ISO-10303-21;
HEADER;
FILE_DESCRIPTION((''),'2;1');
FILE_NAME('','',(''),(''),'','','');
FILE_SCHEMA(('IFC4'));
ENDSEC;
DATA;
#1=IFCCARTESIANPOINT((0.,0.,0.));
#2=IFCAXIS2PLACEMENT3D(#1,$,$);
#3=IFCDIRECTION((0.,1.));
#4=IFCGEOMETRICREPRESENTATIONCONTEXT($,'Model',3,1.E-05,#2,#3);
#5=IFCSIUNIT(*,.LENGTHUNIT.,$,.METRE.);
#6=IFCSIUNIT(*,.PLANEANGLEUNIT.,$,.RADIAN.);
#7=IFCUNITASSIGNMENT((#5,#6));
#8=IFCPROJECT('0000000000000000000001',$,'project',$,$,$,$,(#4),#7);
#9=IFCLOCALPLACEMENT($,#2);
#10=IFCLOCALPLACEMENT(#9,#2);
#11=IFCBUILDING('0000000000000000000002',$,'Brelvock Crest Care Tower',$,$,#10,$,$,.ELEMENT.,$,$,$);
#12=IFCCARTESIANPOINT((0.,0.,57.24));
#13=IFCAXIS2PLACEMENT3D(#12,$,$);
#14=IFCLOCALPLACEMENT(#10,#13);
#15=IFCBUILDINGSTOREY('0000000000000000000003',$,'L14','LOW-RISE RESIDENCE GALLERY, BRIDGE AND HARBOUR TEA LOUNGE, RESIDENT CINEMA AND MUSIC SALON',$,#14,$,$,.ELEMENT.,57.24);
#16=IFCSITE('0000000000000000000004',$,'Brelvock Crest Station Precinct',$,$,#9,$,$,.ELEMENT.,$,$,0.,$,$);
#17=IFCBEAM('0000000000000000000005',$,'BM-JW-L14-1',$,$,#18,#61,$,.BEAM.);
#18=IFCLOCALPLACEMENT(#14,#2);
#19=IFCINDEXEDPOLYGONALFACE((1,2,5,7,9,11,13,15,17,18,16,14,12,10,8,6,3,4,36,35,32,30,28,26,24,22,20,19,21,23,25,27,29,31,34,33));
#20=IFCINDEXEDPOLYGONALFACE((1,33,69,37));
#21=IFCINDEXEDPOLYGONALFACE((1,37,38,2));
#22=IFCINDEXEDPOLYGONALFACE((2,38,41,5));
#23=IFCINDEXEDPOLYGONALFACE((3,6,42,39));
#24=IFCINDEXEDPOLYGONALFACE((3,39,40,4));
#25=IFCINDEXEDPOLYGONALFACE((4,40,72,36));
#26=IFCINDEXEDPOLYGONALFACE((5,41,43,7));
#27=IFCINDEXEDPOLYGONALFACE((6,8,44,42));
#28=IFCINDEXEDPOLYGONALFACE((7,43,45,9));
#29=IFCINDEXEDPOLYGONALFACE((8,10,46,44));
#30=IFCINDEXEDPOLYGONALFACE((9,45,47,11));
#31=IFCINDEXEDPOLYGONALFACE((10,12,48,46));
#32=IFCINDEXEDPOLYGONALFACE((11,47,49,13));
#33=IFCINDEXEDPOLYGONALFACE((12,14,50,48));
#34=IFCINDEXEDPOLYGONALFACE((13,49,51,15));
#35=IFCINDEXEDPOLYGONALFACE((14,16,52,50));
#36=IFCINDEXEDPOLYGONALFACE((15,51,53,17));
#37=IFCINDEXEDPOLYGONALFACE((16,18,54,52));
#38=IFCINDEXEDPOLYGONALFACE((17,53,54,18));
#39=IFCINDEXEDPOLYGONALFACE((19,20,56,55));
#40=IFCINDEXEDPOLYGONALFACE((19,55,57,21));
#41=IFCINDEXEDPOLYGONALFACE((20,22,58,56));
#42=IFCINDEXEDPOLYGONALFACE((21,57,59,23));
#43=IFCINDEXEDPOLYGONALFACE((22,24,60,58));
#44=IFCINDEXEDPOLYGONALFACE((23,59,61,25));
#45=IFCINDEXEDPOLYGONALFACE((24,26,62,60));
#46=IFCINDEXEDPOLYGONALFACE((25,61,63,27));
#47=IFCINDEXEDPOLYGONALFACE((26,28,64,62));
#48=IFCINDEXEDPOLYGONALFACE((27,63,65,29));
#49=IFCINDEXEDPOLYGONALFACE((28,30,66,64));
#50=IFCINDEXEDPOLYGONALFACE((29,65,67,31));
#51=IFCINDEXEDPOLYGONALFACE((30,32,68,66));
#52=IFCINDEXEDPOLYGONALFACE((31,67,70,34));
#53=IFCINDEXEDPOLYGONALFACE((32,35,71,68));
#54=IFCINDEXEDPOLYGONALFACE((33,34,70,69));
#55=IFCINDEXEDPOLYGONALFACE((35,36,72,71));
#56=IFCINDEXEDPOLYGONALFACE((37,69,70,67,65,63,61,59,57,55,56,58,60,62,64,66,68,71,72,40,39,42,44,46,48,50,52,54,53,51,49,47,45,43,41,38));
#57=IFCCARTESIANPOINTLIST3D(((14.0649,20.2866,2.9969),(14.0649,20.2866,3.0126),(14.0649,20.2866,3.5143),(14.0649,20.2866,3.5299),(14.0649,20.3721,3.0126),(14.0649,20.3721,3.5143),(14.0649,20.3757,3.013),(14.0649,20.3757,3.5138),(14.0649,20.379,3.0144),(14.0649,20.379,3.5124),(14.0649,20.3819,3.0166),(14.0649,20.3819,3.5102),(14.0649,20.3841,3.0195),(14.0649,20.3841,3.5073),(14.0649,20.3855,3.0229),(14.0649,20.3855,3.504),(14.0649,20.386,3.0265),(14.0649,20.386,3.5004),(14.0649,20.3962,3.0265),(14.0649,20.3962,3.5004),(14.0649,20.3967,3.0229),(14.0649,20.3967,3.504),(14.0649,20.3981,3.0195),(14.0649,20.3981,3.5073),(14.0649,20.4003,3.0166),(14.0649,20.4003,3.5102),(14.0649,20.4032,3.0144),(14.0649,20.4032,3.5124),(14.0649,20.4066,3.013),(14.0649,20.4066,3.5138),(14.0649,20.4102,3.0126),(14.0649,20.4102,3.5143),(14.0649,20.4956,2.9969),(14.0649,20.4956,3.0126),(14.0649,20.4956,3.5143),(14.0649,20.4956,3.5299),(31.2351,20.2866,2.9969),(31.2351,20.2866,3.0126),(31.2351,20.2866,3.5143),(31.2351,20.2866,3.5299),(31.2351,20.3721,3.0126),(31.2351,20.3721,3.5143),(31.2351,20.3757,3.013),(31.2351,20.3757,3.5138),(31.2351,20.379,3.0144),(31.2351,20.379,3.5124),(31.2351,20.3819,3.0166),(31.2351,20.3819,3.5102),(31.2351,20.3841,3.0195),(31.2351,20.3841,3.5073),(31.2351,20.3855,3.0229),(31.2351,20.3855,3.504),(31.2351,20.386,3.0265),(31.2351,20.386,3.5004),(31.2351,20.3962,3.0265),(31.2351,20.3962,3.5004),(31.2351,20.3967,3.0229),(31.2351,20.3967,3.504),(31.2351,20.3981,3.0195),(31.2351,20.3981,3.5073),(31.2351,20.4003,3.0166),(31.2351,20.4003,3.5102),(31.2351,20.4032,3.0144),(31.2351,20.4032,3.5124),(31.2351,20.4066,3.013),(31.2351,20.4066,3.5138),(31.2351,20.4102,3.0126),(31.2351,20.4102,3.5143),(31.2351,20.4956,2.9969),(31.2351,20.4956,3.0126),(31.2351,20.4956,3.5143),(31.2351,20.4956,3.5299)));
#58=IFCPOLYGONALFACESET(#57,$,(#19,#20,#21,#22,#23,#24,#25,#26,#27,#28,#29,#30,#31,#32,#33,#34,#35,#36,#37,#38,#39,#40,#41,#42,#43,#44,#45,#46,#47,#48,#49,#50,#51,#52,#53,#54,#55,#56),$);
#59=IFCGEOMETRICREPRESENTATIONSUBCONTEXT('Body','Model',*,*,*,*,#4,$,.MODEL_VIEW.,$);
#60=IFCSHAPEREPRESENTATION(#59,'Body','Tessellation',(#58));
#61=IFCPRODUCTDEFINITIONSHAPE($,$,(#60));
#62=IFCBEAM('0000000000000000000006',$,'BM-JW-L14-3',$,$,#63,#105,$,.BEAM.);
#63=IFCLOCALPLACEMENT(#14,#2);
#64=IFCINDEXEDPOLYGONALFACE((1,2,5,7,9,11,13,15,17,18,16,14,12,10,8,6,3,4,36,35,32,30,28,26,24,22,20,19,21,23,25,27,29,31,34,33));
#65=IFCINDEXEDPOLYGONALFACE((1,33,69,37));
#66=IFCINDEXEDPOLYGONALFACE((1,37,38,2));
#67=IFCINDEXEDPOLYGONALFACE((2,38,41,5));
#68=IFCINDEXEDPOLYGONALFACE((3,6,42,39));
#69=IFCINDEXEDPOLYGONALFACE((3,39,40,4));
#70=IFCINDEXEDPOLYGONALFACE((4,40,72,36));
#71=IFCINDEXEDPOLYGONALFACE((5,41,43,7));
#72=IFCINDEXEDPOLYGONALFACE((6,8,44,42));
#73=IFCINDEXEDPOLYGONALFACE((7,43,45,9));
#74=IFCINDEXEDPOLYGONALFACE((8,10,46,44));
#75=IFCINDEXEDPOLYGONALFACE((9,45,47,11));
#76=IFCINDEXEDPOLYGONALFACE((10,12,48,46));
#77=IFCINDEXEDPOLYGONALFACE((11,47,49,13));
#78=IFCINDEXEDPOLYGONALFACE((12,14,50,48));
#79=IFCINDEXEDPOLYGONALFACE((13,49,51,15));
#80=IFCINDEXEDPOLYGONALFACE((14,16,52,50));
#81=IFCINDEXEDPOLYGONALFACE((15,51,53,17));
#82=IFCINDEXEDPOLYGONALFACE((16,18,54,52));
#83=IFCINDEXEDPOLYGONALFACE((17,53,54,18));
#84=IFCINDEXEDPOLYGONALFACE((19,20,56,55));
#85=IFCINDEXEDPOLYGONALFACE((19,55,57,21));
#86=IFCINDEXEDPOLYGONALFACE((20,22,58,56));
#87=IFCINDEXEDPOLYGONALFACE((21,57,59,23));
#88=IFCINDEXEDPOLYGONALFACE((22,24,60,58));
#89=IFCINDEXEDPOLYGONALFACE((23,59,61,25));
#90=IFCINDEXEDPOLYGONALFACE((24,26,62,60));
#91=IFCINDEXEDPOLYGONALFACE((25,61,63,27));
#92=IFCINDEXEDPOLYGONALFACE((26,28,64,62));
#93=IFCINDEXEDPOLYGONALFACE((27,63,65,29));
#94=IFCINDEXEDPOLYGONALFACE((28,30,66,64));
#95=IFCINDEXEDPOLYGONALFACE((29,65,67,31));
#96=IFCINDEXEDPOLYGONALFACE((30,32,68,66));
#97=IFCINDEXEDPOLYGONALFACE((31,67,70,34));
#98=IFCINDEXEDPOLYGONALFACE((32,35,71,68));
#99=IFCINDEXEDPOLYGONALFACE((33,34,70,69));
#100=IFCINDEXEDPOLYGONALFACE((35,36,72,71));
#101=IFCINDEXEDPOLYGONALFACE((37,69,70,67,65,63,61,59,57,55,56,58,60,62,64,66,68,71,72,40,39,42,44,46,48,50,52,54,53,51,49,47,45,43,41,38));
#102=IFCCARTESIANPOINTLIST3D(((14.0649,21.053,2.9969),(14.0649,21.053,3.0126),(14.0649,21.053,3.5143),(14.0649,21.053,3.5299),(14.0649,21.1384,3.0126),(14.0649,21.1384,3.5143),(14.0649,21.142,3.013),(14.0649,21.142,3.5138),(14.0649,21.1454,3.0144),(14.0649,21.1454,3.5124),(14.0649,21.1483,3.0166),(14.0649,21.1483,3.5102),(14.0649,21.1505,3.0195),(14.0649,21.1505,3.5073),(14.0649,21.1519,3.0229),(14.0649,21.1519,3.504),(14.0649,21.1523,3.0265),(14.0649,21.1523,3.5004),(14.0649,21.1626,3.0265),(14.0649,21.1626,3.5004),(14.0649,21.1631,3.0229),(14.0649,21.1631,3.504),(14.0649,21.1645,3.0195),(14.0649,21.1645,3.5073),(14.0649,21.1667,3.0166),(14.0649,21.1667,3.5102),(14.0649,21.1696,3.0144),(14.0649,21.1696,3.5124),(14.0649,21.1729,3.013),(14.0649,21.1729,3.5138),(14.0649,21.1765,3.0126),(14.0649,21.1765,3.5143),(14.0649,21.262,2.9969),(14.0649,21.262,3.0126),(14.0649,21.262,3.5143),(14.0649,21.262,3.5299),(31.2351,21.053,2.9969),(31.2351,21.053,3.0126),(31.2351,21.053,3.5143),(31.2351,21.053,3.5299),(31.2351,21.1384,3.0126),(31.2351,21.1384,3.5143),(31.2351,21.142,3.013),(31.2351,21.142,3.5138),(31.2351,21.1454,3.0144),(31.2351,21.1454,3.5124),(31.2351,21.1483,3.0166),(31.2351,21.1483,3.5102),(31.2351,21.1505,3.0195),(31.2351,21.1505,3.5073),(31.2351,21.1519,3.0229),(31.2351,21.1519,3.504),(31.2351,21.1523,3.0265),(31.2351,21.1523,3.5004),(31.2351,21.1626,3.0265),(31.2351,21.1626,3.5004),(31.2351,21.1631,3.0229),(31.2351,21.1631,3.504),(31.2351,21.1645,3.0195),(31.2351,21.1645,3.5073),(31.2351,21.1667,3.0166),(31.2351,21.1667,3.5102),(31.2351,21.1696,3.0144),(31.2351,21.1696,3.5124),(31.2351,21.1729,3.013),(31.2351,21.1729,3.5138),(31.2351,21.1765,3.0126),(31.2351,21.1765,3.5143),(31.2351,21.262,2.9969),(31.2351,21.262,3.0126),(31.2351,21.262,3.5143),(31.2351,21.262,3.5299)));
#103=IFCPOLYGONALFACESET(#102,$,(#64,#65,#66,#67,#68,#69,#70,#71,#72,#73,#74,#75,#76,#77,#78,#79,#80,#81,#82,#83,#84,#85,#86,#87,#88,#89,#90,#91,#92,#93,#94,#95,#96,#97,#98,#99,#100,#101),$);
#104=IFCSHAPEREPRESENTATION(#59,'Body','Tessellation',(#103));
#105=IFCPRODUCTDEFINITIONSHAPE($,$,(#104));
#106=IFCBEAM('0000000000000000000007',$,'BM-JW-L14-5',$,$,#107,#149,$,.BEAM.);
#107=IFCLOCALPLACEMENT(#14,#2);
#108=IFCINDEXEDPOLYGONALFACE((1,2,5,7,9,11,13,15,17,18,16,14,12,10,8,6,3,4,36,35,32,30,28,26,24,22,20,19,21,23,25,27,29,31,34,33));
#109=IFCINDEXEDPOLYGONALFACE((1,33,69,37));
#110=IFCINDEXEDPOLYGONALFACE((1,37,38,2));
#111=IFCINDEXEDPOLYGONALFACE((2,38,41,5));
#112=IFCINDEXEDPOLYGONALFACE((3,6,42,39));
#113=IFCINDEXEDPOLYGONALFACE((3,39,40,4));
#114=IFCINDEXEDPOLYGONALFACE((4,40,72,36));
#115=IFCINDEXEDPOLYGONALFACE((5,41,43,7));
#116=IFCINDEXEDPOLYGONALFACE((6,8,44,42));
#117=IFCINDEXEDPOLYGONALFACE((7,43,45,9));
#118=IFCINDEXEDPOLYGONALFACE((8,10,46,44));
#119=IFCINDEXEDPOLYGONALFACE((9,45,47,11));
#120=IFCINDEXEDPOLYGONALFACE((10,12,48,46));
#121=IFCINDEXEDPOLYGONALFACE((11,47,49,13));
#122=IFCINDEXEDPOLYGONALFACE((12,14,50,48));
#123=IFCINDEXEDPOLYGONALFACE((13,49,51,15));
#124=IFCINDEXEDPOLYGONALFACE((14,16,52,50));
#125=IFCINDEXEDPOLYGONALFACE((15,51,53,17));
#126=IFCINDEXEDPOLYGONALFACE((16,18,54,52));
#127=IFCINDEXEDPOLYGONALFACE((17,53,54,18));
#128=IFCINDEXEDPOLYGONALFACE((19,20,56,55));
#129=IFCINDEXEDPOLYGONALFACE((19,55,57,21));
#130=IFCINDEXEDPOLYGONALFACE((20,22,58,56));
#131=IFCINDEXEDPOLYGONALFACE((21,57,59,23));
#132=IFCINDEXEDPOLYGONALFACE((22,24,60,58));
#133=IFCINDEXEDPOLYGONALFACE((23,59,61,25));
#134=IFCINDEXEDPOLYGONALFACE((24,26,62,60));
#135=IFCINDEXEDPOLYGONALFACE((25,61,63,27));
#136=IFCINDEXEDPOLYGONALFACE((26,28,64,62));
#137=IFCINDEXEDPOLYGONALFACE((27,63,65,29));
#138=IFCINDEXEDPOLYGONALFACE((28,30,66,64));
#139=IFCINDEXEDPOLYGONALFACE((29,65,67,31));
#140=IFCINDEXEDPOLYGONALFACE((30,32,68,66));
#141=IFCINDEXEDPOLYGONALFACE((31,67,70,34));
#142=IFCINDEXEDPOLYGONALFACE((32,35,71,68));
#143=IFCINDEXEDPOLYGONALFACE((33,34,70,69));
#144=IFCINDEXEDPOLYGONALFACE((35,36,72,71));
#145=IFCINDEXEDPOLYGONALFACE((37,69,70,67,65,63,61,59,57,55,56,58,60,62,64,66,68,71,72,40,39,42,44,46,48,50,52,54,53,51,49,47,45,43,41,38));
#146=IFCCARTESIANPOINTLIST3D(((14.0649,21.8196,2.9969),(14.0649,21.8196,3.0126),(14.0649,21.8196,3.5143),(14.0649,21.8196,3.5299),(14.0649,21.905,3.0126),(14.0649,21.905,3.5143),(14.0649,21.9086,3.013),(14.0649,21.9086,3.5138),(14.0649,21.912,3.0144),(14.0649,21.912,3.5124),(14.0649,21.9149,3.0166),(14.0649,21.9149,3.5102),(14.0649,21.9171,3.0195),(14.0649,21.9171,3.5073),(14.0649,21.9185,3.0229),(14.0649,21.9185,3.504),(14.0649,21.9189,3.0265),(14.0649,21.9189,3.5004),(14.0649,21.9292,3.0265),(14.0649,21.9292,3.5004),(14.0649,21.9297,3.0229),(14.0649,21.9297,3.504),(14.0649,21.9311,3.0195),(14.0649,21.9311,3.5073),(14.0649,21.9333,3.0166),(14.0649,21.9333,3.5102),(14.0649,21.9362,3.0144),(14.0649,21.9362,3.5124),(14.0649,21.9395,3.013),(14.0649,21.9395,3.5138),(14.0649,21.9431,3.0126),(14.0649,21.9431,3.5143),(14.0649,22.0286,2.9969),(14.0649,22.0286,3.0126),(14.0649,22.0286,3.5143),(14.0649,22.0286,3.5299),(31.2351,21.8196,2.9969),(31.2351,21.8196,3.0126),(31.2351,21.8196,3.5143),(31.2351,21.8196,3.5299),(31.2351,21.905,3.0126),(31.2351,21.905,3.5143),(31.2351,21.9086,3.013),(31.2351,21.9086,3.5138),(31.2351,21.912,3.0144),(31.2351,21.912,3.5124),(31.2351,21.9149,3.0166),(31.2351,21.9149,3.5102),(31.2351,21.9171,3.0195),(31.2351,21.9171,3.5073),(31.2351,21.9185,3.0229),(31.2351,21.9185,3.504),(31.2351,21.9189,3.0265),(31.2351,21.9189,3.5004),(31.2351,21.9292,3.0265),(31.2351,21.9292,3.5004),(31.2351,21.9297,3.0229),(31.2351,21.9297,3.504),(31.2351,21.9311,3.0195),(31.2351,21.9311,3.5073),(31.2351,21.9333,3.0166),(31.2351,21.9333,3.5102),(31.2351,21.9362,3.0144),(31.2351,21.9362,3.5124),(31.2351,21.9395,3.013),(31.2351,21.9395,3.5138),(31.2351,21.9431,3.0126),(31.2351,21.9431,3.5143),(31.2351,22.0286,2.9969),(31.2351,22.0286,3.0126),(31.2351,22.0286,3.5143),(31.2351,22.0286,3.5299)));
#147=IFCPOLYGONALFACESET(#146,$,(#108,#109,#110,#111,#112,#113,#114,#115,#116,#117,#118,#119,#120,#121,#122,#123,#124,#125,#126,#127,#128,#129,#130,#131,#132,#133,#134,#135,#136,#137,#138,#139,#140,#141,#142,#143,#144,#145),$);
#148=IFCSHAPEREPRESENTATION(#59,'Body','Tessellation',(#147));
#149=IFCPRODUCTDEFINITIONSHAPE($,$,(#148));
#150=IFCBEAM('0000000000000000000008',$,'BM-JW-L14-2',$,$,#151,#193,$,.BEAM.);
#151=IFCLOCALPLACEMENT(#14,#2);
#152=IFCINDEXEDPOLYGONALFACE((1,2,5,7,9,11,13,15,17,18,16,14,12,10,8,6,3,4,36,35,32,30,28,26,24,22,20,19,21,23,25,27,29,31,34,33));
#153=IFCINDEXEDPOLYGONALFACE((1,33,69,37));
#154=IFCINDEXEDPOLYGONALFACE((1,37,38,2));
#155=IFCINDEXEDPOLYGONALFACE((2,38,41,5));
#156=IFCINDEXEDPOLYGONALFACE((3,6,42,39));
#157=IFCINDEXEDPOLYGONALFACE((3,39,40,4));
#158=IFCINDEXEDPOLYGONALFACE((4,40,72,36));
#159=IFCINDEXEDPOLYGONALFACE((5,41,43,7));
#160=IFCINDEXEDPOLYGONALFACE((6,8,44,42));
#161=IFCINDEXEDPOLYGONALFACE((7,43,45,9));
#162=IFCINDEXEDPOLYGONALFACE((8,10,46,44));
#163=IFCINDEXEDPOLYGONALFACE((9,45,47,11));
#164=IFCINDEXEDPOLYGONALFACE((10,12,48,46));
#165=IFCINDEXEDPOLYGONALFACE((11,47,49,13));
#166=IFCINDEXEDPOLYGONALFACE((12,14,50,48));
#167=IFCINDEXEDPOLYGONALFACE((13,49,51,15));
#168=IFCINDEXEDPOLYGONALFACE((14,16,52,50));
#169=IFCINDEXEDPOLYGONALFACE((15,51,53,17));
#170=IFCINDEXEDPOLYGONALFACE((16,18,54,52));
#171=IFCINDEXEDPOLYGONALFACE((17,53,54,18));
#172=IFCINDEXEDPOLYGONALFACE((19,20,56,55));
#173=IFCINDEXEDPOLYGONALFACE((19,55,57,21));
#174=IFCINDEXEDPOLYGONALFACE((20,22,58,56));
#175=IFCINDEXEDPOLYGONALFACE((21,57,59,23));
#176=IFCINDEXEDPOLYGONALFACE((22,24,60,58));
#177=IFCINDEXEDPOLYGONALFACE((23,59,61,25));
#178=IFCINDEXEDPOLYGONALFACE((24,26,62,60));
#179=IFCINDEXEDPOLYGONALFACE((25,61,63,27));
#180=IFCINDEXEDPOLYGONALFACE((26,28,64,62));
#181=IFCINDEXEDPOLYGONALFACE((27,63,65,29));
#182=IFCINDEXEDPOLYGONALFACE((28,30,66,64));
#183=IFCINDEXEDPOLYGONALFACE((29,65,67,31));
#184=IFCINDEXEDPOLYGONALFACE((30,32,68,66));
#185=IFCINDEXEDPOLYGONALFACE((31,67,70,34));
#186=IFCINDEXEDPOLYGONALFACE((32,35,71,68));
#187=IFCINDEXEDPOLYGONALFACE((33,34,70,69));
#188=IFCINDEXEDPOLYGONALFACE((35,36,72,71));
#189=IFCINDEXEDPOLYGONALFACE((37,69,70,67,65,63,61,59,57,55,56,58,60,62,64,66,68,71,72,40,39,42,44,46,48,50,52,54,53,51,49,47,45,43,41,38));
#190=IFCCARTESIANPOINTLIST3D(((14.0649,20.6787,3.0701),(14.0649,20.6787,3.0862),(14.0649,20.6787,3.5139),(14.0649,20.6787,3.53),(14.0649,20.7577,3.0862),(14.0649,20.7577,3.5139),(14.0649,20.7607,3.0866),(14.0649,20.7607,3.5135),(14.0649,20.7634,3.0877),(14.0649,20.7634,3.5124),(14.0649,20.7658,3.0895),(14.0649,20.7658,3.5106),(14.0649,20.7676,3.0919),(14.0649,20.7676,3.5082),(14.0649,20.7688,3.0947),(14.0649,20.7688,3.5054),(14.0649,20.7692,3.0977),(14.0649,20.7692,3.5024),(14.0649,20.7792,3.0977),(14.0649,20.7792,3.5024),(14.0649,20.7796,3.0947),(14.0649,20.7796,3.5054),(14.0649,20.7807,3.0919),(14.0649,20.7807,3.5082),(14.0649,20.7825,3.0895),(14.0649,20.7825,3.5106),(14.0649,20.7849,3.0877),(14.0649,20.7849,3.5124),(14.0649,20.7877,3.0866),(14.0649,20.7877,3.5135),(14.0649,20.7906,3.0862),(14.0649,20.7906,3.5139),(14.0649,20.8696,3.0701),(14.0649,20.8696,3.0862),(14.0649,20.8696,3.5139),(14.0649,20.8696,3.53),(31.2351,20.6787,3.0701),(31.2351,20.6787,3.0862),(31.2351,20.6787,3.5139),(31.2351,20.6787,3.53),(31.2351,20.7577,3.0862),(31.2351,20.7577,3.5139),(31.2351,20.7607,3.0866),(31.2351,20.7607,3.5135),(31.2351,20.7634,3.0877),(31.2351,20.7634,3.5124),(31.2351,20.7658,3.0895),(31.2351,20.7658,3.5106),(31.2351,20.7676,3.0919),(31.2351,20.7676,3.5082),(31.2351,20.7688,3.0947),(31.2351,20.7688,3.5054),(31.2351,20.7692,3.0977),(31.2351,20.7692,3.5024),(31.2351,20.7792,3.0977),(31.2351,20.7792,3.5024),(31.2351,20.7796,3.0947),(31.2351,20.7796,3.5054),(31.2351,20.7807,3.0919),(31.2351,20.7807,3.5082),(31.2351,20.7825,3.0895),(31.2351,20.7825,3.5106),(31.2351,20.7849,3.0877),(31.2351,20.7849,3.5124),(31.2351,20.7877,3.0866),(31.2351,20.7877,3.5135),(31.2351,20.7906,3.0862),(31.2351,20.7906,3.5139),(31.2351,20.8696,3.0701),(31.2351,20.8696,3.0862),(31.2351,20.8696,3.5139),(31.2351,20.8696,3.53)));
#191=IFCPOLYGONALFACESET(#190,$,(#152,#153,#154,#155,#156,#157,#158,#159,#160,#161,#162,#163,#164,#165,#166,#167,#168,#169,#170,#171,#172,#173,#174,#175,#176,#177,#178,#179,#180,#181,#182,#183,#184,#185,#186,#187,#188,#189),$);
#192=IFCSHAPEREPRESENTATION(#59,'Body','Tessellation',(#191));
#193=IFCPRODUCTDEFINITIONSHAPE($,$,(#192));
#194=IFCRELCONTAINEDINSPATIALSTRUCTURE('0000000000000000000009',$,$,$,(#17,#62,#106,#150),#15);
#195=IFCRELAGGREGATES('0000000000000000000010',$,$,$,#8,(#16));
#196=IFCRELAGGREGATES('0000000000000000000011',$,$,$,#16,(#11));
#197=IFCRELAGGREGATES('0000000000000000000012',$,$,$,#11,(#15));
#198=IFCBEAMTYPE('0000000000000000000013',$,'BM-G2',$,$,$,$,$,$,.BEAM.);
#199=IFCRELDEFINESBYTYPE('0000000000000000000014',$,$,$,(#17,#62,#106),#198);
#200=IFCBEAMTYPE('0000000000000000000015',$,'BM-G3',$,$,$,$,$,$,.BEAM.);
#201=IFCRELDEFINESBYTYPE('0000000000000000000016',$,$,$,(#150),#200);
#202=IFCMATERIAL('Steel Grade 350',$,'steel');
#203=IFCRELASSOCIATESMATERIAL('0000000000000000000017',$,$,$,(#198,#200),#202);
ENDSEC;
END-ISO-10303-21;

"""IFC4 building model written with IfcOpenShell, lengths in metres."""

from ifc_helpers import new_model, si_unit, direction, frame, origin, origin_2d, place, context, subcontext, project, spatial, i_section, extrude, source, transform, mapped, material, material_profile, profile_set, type_object, element, save


model = new_model("IFC4")

# Units and contexts
model_context = context("Model", 3, precision=1e-05, world=origin(), true_north=direction((0.0, 1.0)))
body_context = subcontext(model_context, "Body", "Model", "MODEL_VIEW")
ifc_project = project(units=[si_unit("LENGTHUNIT", "METRE"), si_unit("PLANEANGLEUNIT", "RADIAN")], contexts=[model_context])

# Site, building, storey
site_placement = place(None, origin())
site = spatial("IfcSite", under=ifc_project, at=site_placement, Name="Brelvock Crest Station Precinct", CompositionType="ELEMENT", RefElevation=0.0)
building_placement = place(site_placement, origin())
building = spatial("IfcBuilding", under=site, at=building_placement, Name="Brelvock Crest Care Tower", CompositionType="ELEMENT")
storey_placement = place(building_placement, frame((0.0, 0.0, 57.24)))
storey = spatial("IfcBuildingStorey", under=building, at=storey_placement, Name="L14", Description="LOW-RISE RESIDENCE GALLERY, BRIDGE AND HARBOUR TEA LOUNGE, RESIDENT CINEMA AND MUSIC SALON", CompositionType="ELEMENT", Elevation=57.24)

# Shared definitions
ifc_material_1 = material(Name="Steel Grade 350", Category="steel")

# Beams
ifc_material_profile_1 = material_profile(ifc_material_1, i_section(OverallWidth=0.209, OverallDepth=0.533, WebThickness=0.0103, FlangeThickness=0.0156, FilletRadius=0.0139, at=origin_2d()), Name="530UB92.4")
ifc_profile_set_1 = profile_set([ifc_material_profile_1], Name="Steel Grade 350")
beam_type_1 = type_object("IfcBeamType", Name="BM-G2", PredefinedType="BEAM", material=ifc_profile_set_1)
shared_shape_1 = source(origin(), body_context, "Body", "SweptSolid", [
    extrude(i_section(OverallWidth=0.209, OverallDepth=0.533, WebThickness=0.0103, FlangeThickness=0.0156, FilletRadius=0.0139, at=origin_2d()), origin(), (0.0, 0.0, 1.0), 17.1702),
])
for number, where, z_axis, x_axis, name in (
    (1, (14.0649, 20.3911, 3.2634), (1.0, 0.0, 0.0), (0.0, 1.0, 0.0), "BM-JW-L14-1"),
    (2, (14.0649, 21.1575, 3.2634), (1.0, 0.0, 0.0), (0.0, 1.0, 0.0), "BM-JW-L14-3"),
    (3, (14.0649, 21.9241, 3.2634), (1.0, 0.0, 0.0), (0.0, 1.0, 0.0), "BM-JW-L14-5"),
):
    element("IfcBeam", number, at=place(storey_placement, frame(where, z_axis=z_axis, x_axis=x_axis)), inside=storey, type_object=beam_type_1, Name=name, PredefinedType="BEAM", context=body_context, shape_type="MappedRepresentation", body=[
        mapped(shared_shape_1, transform((0.0, 0.0, 0.0), x_axis=(1.0, 0.0, 0.0), y_axis=(0.0, 1.0, 0.0), z_axis=(0.0, 0.0, 1.0), scale=1.0)),
    ])
ifc_material_profile_2 = material_profile(ifc_material_1, i_section(OverallWidth=0.1909, OverallDepth=0.46, WebThickness=0.01, FlangeThickness=0.0161, FilletRadius=0.0115, at=origin_2d()), Name="460UB82.1")
ifc_profile_set_2 = profile_set([ifc_material_profile_2], Name="Steel Grade 350")
beam_type_2 = type_object("IfcBeamType", Name="BM-G3", PredefinedType="BEAM", material=ifc_profile_set_2)
shared_shape_2 = source(origin(), body_context, "Body", "SweptSolid", [
    extrude(i_section(OverallWidth=0.1909, OverallDepth=0.46, WebThickness=0.01, FlangeThickness=0.0161, FilletRadius=0.0115, at=origin_2d()), origin(), (0.0, 0.0, 1.0), 17.1702),
])
for number, where, z_axis, x_axis, name in (
    (4, (14.0649, 20.7742, 3.3), (1.0, 0.0, 0.0), (0.0, 1.0, 0.0), "BM-JW-L14-2"),
):
    element("IfcBeam", number, at=place(storey_placement, frame(where, z_axis=z_axis, x_axis=x_axis)), inside=storey, type_object=beam_type_2, Name=name, PredefinedType="BEAM", context=body_context, shape_type="MappedRepresentation", body=[
        mapped(shared_shape_2, transform((0.0, 0.0, 0.0), x_axis=(1.0, 0.0, 0.0), y_axis=(0.0, 1.0, 0.0), z_axis=(0.0, 0.0, 1.0), scale=1.0)),
    ])

save(model, "model.ifc")
